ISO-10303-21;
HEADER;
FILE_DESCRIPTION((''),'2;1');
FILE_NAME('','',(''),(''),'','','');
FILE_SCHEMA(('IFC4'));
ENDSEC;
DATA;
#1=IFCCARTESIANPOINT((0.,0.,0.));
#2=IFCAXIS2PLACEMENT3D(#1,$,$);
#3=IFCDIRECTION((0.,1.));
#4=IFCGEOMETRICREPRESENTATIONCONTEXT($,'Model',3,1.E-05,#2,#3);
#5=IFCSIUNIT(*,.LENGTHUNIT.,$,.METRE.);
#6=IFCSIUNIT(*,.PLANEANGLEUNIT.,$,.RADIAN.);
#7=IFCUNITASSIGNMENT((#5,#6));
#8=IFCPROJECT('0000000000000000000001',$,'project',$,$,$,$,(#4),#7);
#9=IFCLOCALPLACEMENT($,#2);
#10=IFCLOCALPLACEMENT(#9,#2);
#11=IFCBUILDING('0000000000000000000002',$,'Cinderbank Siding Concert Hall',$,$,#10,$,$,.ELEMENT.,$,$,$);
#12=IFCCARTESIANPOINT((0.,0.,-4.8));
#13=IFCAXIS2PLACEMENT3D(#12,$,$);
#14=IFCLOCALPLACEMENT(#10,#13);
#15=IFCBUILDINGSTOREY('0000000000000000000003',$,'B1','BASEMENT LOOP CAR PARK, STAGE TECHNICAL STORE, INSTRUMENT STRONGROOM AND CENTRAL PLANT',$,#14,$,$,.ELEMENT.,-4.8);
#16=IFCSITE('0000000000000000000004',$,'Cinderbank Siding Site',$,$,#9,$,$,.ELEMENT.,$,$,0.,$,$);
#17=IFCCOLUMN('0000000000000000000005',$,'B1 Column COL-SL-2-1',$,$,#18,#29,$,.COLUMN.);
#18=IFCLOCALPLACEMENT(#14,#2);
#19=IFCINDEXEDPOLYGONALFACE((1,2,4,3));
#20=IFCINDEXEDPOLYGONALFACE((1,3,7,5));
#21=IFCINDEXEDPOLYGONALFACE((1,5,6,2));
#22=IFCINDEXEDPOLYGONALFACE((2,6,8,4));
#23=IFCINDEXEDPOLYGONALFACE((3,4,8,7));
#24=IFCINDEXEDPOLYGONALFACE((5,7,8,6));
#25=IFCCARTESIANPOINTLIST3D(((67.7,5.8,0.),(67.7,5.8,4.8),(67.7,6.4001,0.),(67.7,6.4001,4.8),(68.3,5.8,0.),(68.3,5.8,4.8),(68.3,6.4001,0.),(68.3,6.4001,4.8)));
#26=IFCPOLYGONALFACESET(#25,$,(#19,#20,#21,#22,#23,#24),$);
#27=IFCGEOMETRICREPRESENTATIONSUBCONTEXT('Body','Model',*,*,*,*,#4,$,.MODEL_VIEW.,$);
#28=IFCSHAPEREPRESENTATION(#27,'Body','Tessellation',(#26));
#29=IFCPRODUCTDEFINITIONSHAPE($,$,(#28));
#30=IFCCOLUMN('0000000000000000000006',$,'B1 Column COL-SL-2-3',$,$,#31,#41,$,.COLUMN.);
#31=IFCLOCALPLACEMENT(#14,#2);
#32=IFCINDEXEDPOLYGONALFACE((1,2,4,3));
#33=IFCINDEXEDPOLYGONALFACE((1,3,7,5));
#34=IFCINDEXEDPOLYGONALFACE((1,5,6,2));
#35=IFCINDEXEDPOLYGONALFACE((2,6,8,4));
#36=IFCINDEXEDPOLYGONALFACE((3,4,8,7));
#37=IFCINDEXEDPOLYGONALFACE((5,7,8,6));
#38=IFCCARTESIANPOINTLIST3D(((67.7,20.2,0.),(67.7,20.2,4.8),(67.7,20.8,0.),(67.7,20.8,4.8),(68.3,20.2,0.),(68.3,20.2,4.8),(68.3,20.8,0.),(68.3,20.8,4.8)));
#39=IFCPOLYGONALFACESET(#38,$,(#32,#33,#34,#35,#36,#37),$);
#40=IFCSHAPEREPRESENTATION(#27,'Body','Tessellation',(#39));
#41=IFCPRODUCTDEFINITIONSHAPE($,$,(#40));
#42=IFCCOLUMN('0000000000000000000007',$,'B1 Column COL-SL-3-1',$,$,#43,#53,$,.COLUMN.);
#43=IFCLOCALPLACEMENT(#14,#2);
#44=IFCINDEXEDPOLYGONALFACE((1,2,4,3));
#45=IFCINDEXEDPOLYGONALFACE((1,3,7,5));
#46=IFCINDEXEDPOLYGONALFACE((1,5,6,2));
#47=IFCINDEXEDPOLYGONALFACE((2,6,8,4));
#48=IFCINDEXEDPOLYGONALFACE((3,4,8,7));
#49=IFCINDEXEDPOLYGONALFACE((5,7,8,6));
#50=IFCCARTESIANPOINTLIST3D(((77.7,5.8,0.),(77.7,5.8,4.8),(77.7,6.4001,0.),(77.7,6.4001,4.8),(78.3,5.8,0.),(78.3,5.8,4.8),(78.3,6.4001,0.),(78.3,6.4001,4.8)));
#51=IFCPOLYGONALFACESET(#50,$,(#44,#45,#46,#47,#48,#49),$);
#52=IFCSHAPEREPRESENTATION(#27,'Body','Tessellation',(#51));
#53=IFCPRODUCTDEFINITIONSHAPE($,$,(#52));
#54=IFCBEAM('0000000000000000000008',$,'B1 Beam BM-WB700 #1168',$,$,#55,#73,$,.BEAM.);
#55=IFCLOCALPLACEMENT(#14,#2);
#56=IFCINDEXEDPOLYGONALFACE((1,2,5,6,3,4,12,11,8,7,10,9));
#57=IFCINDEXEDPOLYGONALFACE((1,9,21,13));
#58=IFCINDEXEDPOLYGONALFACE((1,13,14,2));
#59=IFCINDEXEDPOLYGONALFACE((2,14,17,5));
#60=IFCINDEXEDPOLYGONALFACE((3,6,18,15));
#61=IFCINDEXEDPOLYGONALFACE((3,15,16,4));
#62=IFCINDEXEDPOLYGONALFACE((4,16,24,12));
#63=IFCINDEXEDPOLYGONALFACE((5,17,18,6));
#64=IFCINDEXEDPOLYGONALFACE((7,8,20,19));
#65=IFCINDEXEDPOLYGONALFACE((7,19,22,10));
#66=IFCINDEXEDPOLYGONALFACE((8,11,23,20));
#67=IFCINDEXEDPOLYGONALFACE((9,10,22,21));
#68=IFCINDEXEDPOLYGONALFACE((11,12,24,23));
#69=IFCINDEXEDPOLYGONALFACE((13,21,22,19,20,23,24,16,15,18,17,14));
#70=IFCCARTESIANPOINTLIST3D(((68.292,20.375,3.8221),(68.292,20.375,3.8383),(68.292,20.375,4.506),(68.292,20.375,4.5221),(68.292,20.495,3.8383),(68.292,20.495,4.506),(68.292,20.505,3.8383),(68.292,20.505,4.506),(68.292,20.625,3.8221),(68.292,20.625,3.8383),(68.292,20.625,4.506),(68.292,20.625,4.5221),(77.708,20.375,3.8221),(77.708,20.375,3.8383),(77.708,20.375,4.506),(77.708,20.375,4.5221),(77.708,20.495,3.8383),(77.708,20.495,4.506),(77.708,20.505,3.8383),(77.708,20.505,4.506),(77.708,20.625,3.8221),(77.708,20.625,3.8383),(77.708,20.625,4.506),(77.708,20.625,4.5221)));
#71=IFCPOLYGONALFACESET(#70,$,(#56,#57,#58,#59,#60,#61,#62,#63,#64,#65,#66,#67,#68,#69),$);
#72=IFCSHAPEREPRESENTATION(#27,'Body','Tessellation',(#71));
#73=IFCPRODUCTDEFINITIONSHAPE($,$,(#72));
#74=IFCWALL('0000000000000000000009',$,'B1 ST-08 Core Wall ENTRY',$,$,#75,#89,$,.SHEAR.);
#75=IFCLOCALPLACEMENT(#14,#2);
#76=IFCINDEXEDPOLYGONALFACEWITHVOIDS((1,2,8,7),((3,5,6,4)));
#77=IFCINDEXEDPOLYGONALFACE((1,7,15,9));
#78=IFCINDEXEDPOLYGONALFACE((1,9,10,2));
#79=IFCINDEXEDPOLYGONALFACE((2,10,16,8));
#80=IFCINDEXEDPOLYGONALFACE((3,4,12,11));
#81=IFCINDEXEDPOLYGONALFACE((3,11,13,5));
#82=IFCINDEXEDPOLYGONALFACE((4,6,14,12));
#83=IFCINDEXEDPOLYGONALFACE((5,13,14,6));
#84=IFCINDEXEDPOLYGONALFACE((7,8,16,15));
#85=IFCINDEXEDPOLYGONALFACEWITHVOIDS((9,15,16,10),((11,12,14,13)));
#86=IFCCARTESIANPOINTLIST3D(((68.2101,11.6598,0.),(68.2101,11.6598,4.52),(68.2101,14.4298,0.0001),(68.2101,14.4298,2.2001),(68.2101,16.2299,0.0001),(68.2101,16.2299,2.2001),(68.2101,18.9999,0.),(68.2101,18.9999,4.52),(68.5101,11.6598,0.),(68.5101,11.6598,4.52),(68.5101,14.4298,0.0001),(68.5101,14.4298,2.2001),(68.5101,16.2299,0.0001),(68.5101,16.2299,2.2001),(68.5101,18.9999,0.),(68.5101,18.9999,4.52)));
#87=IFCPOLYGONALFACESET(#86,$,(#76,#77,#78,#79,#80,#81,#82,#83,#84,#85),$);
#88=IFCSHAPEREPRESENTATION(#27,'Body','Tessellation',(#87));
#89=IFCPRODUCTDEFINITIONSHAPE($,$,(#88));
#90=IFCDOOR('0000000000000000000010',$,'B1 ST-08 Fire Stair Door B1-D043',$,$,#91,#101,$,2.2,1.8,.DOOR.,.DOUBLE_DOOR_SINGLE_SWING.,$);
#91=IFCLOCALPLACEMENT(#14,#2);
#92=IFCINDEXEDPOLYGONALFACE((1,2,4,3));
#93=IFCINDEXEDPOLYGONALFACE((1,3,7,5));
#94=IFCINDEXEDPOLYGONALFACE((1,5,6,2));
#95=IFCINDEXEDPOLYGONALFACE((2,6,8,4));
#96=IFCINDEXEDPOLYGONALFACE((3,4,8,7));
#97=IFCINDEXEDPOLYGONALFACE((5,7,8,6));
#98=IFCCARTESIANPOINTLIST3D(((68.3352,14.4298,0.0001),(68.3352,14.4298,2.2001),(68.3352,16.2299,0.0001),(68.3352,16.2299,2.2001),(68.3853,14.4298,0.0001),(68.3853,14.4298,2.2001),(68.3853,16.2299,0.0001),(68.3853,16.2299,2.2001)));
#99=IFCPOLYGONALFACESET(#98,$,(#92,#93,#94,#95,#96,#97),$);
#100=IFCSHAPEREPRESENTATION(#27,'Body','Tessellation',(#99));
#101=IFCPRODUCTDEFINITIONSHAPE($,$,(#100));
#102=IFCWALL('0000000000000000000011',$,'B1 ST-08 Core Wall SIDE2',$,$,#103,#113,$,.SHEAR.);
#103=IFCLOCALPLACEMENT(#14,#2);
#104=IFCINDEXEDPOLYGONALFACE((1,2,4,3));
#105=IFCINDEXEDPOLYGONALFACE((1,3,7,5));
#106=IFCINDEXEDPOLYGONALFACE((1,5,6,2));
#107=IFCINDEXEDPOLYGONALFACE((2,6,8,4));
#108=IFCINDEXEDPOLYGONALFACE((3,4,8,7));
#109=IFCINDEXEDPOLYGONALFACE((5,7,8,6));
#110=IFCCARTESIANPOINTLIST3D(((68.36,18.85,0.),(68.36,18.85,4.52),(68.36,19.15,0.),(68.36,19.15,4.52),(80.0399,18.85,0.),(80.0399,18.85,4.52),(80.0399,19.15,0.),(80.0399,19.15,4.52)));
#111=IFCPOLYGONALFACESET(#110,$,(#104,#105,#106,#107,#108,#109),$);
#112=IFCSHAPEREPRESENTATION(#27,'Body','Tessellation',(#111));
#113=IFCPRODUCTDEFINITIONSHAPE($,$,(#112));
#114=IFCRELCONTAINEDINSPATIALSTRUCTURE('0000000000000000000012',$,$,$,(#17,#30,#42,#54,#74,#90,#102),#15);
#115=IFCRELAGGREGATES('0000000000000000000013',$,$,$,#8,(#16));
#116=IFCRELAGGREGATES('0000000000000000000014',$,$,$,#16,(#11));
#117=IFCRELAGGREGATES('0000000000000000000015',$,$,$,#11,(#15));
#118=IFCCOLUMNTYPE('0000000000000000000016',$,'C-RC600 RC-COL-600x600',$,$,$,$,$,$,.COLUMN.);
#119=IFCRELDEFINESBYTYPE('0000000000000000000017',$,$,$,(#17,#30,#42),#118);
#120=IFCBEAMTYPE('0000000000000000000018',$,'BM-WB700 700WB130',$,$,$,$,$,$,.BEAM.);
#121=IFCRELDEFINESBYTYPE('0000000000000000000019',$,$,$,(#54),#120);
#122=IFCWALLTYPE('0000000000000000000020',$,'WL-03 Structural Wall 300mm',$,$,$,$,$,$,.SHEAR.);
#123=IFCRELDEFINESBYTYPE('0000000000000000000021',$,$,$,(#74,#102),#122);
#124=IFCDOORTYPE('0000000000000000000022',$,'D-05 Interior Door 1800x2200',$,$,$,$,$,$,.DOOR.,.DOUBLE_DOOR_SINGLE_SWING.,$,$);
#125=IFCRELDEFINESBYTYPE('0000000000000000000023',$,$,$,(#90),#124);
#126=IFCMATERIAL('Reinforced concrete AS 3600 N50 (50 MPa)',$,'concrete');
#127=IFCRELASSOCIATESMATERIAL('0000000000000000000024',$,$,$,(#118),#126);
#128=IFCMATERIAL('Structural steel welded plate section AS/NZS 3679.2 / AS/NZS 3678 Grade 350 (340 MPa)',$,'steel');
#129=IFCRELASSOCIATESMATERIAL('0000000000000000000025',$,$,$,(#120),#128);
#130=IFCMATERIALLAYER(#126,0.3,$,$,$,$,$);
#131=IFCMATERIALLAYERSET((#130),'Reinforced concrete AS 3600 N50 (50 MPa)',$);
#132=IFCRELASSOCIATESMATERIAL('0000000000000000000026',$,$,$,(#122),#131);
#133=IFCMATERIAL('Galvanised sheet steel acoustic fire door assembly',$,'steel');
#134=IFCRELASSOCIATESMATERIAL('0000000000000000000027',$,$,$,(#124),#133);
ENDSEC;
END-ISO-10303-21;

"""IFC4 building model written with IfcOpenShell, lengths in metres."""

from ifc_helpers import new_model, si_unit, direction, frame, frame_2d, origin, origin_2d, place, context, subcontext, project, spatial, rectangle, i_section, extrude, material, layer, layer_set, material_profile, profile_set, type_object, element, fill, save


model = new_model("IFC4")

# Units and contexts
model_context = context("Model", 3, precision=1e-05, world=origin(), true_north=direction((0.0, 1.0)))
body_context = subcontext(model_context, "Body", "Model", "MODEL_VIEW")
ifc_project = project(units=[si_unit("LENGTHUNIT", "METRE"), si_unit("PLANEANGLEUNIT", "RADIAN")], contexts=[model_context])

# Site, building, storey
site_placement = place(None, origin())
site = spatial("IfcSite", under=ifc_project, at=site_placement, Name="Cinderbank Siding Site", CompositionType="ELEMENT", RefElevation=0.0)
building_placement = place(site_placement, origin())
building = spatial("IfcBuilding", under=site, at=building_placement, Name="Cinderbank Siding Concert Hall", CompositionType="ELEMENT")
storey_placement = place(building_placement, frame((0.0, 0.0, -4.8)))
storey = spatial("IfcBuildingStorey", under=building, at=storey_placement, Name="B1", Description="BASEMENT LOOP CAR PARK, STAGE TECHNICAL STORE, INSTRUMENT STRONGROOM AND CENTRAL PLANT", CompositionType="ELEMENT", Elevation=-4.8)

# Columns
ifc_material_1 = material(Name="Reinforced concrete AS 3600 N50 (50 MPa)", Category="concrete")
ifc_material_profile_1 = material_profile(ifc_material_1, rectangle(XDim=0.6001, YDim=0.6001, at=origin_2d()), Name="RC-COL-600x600", Category="LoadBearing")
ifc_profile_set_1 = profile_set([ifc_material_profile_1], Name="Reinforced concrete AS 3600 N50 (50 MPa)")
column_type = type_object("IfcColumnType", Name="C-RC600 RC-COL-600x600", PredefinedType="COLUMN", material=ifc_profile_set_1)
for number, where, z_axis, x_axis, name in (
    (1, (68.0, 6.1001, 0.0), (0.0, 0.0, 1.0), (1.0, 0.0, 0.0), "B1 Column COL-SL-2-1"),
    (2, (68.0, 20.5, 0.0), (0.0, 0.0, 1.0), (1.0, 0.0, 0.0), "B1 Column COL-SL-2-3"),
    (3, (78.0, 6.1001, 0.0), (0.0, 0.0, 1.0), (1.0, 0.0, 0.0), "B1 Column COL-SL-3-1"),
):
    element("IfcColumn", number, at=place(storey_placement, frame(where, z_axis=z_axis, x_axis=x_axis)), inside=storey, type_object=column_type, Name=name, PredefinedType="COLUMN", context=body_context, shape_type="SweptSolid", body=[
        extrude(rectangle(XDim=0.6001, YDim=0.6001, at=origin_2d()), origin(), (0.0, 0.0, 1.0), 4.8),
    ])

# Beam
ifc_material_2 = material(Name="Structural steel welded plate section AS/NZS 3679.2 / AS/NZS 3678 Grade 350 (340 MPa)", Category="steel")
ifc_material_profile_2 = material_profile(ifc_material_2, i_section(OverallWidth=0.25, OverallDepth=0.7, WebThickness=0.01, FlangeThickness=0.0161, at=origin_2d()), Name="700WB130", Category="LoadBearing")
ifc_profile_set_2 = profile_set([ifc_material_profile_2], Name="Structural steel welded plate section AS/NZS 3679.2 / AS/NZS 3678 Grade 350 (340 MPa)")
beam_type = type_object("IfcBeamType", Name="BM-WB700 700WB130", PredefinedType="BEAM", material=ifc_profile_set_2)
beam_placement = place(storey_placement, frame((68.292, 20.5, 4.1721), z_axis=(1.0, 0.0, 0.0), x_axis=(0.0, 1.0, 0.0)))
element("IfcBeam", 4, at=beam_placement, inside=storey, type_object=beam_type, Name="B1 Beam BM-WB700 #1168", PredefinedType="BEAM", context=body_context, shape_type="SweptSolid", body=[
    extrude(i_section(OverallWidth=0.25, OverallDepth=0.7, WebThickness=0.01, FlangeThickness=0.0161, at=origin_2d()), origin(), (0.0, 0.0, 1.0), 9.416),
])

# Wall, opening, door
ifc_layer_1 = layer(ifc_material_1, 0.3)
ifc_layer_set_1 = layer_set([ifc_layer_1], Name="Reinforced concrete AS 3600 N50 (50 MPa)")
wall_type_1 = type_object("IfcWallType", Name="WL-03 Structural Wall 300mm", PredefinedType="SHEAR", material=ifc_layer_set_1)
wall_1_placement = place(storey_placement, frame((68.3601, 11.6599, 0.0), z_axis=(0.0, 0.0, 1.0), x_axis=(0.0, 1.0, 0.0)))
wall_1 = element("IfcWall", 5, at=wall_1_placement, inside=storey, type_object=wall_type_1, Name="B1 ST-08 Core Wall ENTRY", PredefinedType="SHEAR", context=body_context, shape_type="SweptSolid", body=[
    extrude(rectangle(XDim=7.3401, YDim=0.3, at=frame_2d((3.6699, 0.0))), origin(), (0.0, 0.0, 1.0), 4.52),
])
opening_1_placement = place(wall_1_placement, frame((2.77, 0.0, 0.0)))
opening_1 = element("IfcOpeningElement", 6, at=opening_1_placement, cuts=wall_1, PredefinedType="OPENING", context=body_context, shape_type="SweptSolid", body=[
    extrude(rectangle(XDim=1.8, YDim=2.2, at=frame_2d((0.8999, 1.1001))), frame((0.0, 0.1621, 0.0), z_axis=(0.0, -1.0, 0.0), x_axis=(1.0, 0.0, 0.0)), (0.0, 0.0, 1.0), 0.324),
])
ifc_material_3 = material(Name="Galvanised sheet steel acoustic fire door assembly", Category="steel")
door_type_1 = type_object("IfcDoorType", Name="D-05 Interior Door 1800x2200", OperationType="DOUBLE_DOOR_SINGLE_SWING", PredefinedType="DOOR", material=ifc_material_3)
door_1_placement = place(opening_1_placement, origin())
door_1 = element("IfcDoor", 7, at=door_1_placement, inside=storey, type_object=door_type_1, Name="B1 ST-08 Fire Stair Door B1-D043", OperationType="DOUBLE_DOOR_SINGLE_SWING", OverallHeight=2.2, OverallWidth=1.8, PredefinedType="DOOR", context=body_context, shape_type="SweptSolid", body=[
    extrude(rectangle(XDim=1.8, YDim=2.2, at=frame_2d((0.8999, 1.1001))), frame((0.0, 0.0249, 0.0), z_axis=(0.0, -1.0, 0.0), x_axis=(1.0, 0.0, 0.0)), (0.0, 0.0, 1.0), 0.05),
])
fill(opening_1, door_1)

# Wall
wall_2_placement = place(storey_placement, frame((68.3601, 19.0, 0.0), z_axis=(0.0, 0.0, 1.0), x_axis=(1.0, 0.0, 0.0)))
element("IfcWall", 8, at=wall_2_placement, inside=storey, type_object=wall_type_1, Name="B1 ST-08 Core Wall SIDE2", PredefinedType="SHEAR", context=body_context, shape_type="SweptSolid", body=[
    extrude(rectangle(XDim=11.6799, YDim=0.3, at=frame_2d((5.8398, 0.0))), origin(), (0.0, 0.0, 1.0), 4.52),
])

save(model, "model.ifc")
